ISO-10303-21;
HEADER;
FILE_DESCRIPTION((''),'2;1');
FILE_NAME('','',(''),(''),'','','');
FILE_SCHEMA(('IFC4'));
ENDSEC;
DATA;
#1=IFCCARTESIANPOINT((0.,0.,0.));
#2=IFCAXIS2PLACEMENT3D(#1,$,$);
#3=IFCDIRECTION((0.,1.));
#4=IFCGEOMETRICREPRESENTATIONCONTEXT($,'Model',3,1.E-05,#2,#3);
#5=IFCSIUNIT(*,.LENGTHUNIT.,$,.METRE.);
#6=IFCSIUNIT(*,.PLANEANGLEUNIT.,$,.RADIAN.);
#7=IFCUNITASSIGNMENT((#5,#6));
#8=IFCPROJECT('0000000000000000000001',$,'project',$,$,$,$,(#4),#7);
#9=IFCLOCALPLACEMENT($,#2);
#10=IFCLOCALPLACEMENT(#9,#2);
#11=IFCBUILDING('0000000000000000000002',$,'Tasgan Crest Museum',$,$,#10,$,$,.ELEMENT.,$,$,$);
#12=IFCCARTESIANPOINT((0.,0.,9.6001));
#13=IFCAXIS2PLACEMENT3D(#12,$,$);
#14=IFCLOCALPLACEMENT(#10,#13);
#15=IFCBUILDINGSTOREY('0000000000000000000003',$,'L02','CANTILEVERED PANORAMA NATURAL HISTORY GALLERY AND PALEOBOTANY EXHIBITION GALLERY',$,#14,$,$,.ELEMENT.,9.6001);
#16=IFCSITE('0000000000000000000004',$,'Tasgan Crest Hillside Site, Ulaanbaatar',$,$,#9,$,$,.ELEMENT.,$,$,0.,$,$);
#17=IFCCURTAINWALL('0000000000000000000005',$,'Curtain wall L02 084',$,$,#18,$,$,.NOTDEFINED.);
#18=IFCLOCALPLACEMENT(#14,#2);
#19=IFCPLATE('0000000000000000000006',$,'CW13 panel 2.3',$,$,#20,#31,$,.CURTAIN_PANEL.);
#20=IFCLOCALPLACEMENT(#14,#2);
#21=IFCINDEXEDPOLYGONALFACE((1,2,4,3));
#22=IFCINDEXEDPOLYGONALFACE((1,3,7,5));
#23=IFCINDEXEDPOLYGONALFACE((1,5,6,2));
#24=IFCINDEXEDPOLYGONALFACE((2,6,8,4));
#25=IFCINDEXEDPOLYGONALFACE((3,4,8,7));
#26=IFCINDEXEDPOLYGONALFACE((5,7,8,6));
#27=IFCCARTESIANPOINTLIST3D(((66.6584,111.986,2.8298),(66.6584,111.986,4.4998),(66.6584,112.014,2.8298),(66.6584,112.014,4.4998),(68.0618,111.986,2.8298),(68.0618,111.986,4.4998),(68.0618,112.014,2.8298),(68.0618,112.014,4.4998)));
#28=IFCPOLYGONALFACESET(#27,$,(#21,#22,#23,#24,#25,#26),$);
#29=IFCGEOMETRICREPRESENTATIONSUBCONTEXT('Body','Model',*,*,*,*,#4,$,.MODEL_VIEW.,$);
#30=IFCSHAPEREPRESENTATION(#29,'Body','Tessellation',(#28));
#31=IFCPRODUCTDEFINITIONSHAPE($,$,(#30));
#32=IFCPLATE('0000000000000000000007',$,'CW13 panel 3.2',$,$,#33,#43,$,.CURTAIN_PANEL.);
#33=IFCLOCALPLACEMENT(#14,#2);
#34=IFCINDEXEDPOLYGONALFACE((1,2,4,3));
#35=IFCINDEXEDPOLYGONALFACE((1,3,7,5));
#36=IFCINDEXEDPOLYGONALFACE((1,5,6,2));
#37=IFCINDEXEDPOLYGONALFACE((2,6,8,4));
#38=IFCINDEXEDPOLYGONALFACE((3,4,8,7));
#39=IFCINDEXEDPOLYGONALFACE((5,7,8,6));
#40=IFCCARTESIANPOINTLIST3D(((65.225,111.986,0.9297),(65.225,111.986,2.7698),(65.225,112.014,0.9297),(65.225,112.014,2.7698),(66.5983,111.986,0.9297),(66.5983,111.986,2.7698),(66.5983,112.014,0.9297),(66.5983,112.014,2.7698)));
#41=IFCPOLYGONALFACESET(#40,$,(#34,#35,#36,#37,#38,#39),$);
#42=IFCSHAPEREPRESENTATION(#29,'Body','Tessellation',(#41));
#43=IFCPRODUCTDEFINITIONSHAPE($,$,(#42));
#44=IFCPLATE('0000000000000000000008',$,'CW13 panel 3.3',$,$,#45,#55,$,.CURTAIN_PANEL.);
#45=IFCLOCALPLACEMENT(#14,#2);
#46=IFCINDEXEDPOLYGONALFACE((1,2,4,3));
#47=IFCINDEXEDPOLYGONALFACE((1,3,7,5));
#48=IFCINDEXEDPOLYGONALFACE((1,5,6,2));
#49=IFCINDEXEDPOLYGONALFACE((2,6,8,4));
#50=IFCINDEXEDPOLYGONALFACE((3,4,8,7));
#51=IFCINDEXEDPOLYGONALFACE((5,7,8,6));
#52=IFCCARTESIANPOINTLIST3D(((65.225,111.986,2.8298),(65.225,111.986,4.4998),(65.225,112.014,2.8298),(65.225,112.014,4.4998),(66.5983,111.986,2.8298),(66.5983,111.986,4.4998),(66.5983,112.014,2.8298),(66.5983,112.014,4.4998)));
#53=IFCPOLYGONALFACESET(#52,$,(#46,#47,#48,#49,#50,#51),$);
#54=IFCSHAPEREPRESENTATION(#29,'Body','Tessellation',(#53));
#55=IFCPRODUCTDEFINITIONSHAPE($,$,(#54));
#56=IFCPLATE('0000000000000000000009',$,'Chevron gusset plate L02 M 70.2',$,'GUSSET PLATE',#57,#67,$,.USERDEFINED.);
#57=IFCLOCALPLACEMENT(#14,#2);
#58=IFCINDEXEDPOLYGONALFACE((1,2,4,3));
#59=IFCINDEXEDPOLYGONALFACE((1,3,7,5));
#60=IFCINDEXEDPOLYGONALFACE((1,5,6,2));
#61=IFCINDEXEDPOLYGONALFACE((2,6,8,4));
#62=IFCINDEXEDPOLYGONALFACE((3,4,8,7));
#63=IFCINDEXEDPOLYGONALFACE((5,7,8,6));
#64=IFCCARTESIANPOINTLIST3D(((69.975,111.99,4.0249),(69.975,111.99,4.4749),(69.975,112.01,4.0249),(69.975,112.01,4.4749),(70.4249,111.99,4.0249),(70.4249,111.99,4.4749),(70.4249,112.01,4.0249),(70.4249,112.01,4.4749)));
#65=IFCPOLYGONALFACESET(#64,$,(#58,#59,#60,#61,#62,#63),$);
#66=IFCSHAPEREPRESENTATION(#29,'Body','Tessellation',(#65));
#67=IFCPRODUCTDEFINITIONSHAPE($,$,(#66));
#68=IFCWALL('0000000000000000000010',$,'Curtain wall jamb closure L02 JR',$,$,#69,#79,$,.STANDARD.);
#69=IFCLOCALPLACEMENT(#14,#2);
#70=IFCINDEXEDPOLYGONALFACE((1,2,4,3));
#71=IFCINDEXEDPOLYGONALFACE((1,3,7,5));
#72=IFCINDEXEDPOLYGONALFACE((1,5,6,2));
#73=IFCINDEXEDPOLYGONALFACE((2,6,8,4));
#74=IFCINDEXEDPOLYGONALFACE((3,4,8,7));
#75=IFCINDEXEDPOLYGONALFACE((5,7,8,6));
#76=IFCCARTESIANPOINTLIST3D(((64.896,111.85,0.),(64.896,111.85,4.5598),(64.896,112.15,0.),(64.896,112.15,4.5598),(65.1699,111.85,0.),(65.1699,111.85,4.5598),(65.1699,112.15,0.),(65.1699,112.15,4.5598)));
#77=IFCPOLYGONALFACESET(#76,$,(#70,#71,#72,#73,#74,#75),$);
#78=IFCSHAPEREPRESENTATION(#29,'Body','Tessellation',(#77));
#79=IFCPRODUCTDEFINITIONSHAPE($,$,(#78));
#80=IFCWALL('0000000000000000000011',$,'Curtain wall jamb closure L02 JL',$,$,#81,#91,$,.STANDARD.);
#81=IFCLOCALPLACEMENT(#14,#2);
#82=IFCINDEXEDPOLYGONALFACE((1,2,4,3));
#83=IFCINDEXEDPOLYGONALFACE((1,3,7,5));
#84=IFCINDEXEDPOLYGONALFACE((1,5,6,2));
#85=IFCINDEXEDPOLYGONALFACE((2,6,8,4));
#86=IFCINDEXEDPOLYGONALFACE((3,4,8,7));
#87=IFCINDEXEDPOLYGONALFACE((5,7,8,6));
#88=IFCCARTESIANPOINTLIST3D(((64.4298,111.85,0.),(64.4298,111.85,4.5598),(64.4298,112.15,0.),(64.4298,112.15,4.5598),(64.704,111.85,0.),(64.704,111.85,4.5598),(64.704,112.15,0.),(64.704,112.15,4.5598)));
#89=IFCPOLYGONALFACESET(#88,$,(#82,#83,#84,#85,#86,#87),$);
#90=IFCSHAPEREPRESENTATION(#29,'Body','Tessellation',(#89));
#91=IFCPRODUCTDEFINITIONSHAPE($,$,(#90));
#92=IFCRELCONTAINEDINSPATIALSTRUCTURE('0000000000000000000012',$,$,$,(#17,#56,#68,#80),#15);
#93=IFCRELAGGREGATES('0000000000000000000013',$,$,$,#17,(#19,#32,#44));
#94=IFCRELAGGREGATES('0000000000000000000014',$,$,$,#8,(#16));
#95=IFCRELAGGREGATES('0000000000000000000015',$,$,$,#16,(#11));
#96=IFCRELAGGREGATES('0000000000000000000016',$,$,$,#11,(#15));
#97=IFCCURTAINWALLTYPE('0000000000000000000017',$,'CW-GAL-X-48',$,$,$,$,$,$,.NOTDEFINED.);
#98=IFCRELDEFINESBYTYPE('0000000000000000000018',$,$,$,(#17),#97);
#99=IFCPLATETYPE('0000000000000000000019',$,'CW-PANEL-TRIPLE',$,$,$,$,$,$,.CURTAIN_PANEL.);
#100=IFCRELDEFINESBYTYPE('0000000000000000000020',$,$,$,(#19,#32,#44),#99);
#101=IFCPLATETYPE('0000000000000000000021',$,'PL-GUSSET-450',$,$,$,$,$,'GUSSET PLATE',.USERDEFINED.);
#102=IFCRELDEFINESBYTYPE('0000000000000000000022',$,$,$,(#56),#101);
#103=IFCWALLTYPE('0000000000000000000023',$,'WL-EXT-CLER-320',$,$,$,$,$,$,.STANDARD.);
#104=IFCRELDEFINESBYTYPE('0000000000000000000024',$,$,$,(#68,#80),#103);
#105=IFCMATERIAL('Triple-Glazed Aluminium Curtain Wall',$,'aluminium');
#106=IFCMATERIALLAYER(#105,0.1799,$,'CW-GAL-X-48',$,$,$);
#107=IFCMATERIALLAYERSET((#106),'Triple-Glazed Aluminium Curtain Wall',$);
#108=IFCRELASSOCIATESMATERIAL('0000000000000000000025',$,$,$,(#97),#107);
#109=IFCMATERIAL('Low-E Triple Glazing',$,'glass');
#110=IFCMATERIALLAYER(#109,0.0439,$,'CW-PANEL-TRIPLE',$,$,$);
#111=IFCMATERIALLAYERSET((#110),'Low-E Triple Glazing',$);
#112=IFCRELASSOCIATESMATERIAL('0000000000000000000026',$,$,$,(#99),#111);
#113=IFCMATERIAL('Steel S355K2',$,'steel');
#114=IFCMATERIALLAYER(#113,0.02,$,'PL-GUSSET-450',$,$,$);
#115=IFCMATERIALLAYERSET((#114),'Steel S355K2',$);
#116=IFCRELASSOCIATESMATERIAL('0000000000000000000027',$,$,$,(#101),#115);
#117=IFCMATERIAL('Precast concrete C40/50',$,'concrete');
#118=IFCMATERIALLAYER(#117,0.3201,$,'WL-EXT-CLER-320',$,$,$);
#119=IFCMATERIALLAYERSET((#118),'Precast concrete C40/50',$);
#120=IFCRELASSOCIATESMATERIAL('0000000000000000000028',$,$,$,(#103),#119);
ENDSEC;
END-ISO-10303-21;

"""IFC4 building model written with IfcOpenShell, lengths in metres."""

from ifc_helpers import new_model, si_unit, direction, frame, frame_2d, origin, origin_2d, place, context, subcontext, project, spatial, rectangle, extrude, material, layer, layer_set, type_object, element, aggregate, save


model = new_model("IFC4")

# Units and contexts
model_context = context("Model", 3, precision=1e-05, world=origin(), true_north=direction((0.0, 1.0)))
body_context = subcontext(model_context, "Body", "Model", "MODEL_VIEW")
ifc_project = project(units=[si_unit("LENGTHUNIT", "METRE"), si_unit("PLANEANGLEUNIT", "RADIAN")], contexts=[model_context])

# Site, building, storey
site_placement = place(None, origin())
site = spatial("IfcSite", under=ifc_project, at=site_placement, Name="Tasgan Crest Hillside Site, Ulaanbaatar", CompositionType="ELEMENT", RefElevation=0.0)
building_placement = place(site_placement, origin())
building = spatial("IfcBuilding", under=site, at=building_placement, Name="Tasgan Crest Museum", CompositionType="ELEMENT")
storey_placement = place(building_placement, frame((0.0, 0.0, 9.6001)))
storey = spatial("IfcBuildingStorey", under=building, at=storey_placement, Name="L02", Description="CANTILEVERED PANORAMA NATURAL HISTORY GALLERY AND PALEOBOTANY EXHIBITION GALLERY", CompositionType="ELEMENT", Elevation=9.6001)

# Curtain wall
ifc_material_1 = material(Name="Triple-Glazed Aluminium Curtain Wall", Category="aluminium")
ifc_layer_1 = layer(ifc_material_1, 0.1799, Name="CW-GAL-X-48")
ifc_layer_set_1 = layer_set([ifc_layer_1], Name="Triple-Glazed Aluminium Curtain Wall")
curtain_wall_type_1 = type_object("IfcCurtainWallType", Name="CW-GAL-X-48", PredefinedType="NOTDEFINED", material=ifc_layer_set_1)
curtain_wall_1_placement = place(storey_placement, origin())
curtain_wall_1 = element("IfcCurtainWall", 1, at=curtain_wall_1_placement, inside=storey, type_object=curtain_wall_type_1, Name="Curtain wall L02 084", PredefinedType="NOTDEFINED")

# Plates
ifc_material_2 = material(Name="Low-E Triple Glazing", Category="glass")
ifc_layer_2 = layer(ifc_material_2, 0.0439, Name="CW-PANEL-TRIPLE")
ifc_layer_set_2 = layer_set([ifc_layer_2], Name="Low-E Triple Glazing")
plate_type_1 = type_object("IfcPlateType", Name="CW-PANEL-TRIPLE", PredefinedType="CURTAIN_PANEL", material=ifc_layer_set_2)
plate_1_placement = place(storey_placement, frame((67.3601, 112.0, 2.8298), z_axis=(0.0, 0.0, 1.0), x_axis=(-1.0, 0.0, 0.0)))
plate_1 = element("IfcPlate", 2, at=plate_1_placement, type_object=plate_type_1, Name="CW13 panel 2.3", PredefinedType="CURTAIN_PANEL", context=body_context, shape_type="SweptSolid", body=[
    extrude(rectangle(XDim=1.4033, YDim=0.0281, at=origin_2d()), origin(), (0.0, 0.0, 1.0), 1.6699),
])
plate_2_placement = place(storey_placement, frame((65.9116, 112.0, 0.9297), z_axis=(0.0, 0.0, 1.0), x_axis=(-1.0, 0.0, 0.0)))
plate_2 = element("IfcPlate", 3, at=plate_2_placement, type_object=plate_type_1, Name="CW13 panel 3.2", PredefinedType="CURTAIN_PANEL", context=body_context, shape_type="SweptSolid", body=[
    extrude(rectangle(XDim=1.3733, YDim=0.0281, at=origin_2d()), origin(), (0.0, 0.0, 1.0), 1.8401),
])
plate_3_placement = place(storey_placement, frame((65.9116, 112.0, 2.8298), z_axis=(0.0, 0.0, 1.0), x_axis=(-1.0, 0.0, 0.0)))
plate_3 = element("IfcPlate", 4, at=plate_3_placement, type_object=plate_type_1, Name="CW13 panel 3.3", PredefinedType="CURTAIN_PANEL", context=body_context, shape_type="SweptSolid", body=[
    extrude(rectangle(XDim=1.3733, YDim=0.0281, at=origin_2d()), origin(), (0.0, 0.0, 1.0), 1.6699),
])
aggregate(curtain_wall_1, [plate_1, plate_2, plate_3])
ifc_material_3 = material(Name="Steel S355K2", Category="steel")
ifc_layer_3 = layer(ifc_material_3, 0.02, Name="PL-GUSSET-450")
ifc_layer_set_3 = layer_set([ifc_layer_3], Name="Steel S355K2")
plate_type_2 = type_object("IfcPlateType", Name="PL-GUSSET-450", ElementType="GUSSET PLATE", PredefinedType="USERDEFINED", material=ifc_layer_set_3)
plate_4_placement = place(storey_placement, frame((70.2, 112.0, 4.0249), z_axis=(0.0, 0.0, 1.0), x_axis=(1.0, 0.0, 0.0)))
element("IfcPlate", 5, at=plate_4_placement, inside=storey, type_object=plate_type_2, Name="Chevron gusset plate L02 M 70.2", ObjectType="GUSSET PLATE", PredefinedType="USERDEFINED", context=body_context, shape_type="SweptSolid", body=[
    extrude(rectangle(XDim=0.45, YDim=0.02, at=origin_2d()), origin(), (0.0, 0.0, 1.0), 0.45),
])

# Walls
ifc_material_4 = material(Name="Precast concrete C40/50", Category="concrete")
ifc_layer_4 = layer(ifc_material_4, 0.3201, Name="WL-EXT-CLER-320")
ifc_layer_set_4 = layer_set([ifc_layer_4], Name="Precast concrete C40/50")
wall_type = type_object("IfcWallType", Name="WL-EXT-CLER-320", PredefinedType="STANDARD", material=ifc_layer_set_4)
wall_1_placement = place(storey_placement, frame((65.1699, 112.0, 0.0), z_axis=(0.0, 0.0, 1.0), x_axis=(-1.0, 0.0, 0.0)))
element("IfcWall", 6, at=wall_1_placement, inside=storey, type_object=wall_type, Name="Curtain wall jamb closure L02 JR", PredefinedType="STANDARD", context=body_context, shape_type="SweptSolid", body=[
    extrude(rectangle(XDim=0.2739, YDim=0.3, at=frame_2d((0.137, 0.0))), origin(), (0.0, 0.0, 1.0), 4.5598),
])
wall_2_placement = place(storey_placement, frame((64.7041, 112.0, 0.0), z_axis=(0.0, 0.0, 1.0), x_axis=(-1.0, 0.0, 0.0)))
element("IfcWall", 7, at=wall_2_placement, inside=storey, type_object=wall_type, Name="Curtain wall jamb closure L02 JL", PredefinedType="STANDARD", context=body_context, shape_type="SweptSolid", body=[
    extrude(rectangle(XDim=0.2742, YDim=0.3, at=frame_2d((0.1372, 0.0))), origin(), (0.0, 0.0, 1.0), 4.5598),
])

save(model, "model.ifc")
